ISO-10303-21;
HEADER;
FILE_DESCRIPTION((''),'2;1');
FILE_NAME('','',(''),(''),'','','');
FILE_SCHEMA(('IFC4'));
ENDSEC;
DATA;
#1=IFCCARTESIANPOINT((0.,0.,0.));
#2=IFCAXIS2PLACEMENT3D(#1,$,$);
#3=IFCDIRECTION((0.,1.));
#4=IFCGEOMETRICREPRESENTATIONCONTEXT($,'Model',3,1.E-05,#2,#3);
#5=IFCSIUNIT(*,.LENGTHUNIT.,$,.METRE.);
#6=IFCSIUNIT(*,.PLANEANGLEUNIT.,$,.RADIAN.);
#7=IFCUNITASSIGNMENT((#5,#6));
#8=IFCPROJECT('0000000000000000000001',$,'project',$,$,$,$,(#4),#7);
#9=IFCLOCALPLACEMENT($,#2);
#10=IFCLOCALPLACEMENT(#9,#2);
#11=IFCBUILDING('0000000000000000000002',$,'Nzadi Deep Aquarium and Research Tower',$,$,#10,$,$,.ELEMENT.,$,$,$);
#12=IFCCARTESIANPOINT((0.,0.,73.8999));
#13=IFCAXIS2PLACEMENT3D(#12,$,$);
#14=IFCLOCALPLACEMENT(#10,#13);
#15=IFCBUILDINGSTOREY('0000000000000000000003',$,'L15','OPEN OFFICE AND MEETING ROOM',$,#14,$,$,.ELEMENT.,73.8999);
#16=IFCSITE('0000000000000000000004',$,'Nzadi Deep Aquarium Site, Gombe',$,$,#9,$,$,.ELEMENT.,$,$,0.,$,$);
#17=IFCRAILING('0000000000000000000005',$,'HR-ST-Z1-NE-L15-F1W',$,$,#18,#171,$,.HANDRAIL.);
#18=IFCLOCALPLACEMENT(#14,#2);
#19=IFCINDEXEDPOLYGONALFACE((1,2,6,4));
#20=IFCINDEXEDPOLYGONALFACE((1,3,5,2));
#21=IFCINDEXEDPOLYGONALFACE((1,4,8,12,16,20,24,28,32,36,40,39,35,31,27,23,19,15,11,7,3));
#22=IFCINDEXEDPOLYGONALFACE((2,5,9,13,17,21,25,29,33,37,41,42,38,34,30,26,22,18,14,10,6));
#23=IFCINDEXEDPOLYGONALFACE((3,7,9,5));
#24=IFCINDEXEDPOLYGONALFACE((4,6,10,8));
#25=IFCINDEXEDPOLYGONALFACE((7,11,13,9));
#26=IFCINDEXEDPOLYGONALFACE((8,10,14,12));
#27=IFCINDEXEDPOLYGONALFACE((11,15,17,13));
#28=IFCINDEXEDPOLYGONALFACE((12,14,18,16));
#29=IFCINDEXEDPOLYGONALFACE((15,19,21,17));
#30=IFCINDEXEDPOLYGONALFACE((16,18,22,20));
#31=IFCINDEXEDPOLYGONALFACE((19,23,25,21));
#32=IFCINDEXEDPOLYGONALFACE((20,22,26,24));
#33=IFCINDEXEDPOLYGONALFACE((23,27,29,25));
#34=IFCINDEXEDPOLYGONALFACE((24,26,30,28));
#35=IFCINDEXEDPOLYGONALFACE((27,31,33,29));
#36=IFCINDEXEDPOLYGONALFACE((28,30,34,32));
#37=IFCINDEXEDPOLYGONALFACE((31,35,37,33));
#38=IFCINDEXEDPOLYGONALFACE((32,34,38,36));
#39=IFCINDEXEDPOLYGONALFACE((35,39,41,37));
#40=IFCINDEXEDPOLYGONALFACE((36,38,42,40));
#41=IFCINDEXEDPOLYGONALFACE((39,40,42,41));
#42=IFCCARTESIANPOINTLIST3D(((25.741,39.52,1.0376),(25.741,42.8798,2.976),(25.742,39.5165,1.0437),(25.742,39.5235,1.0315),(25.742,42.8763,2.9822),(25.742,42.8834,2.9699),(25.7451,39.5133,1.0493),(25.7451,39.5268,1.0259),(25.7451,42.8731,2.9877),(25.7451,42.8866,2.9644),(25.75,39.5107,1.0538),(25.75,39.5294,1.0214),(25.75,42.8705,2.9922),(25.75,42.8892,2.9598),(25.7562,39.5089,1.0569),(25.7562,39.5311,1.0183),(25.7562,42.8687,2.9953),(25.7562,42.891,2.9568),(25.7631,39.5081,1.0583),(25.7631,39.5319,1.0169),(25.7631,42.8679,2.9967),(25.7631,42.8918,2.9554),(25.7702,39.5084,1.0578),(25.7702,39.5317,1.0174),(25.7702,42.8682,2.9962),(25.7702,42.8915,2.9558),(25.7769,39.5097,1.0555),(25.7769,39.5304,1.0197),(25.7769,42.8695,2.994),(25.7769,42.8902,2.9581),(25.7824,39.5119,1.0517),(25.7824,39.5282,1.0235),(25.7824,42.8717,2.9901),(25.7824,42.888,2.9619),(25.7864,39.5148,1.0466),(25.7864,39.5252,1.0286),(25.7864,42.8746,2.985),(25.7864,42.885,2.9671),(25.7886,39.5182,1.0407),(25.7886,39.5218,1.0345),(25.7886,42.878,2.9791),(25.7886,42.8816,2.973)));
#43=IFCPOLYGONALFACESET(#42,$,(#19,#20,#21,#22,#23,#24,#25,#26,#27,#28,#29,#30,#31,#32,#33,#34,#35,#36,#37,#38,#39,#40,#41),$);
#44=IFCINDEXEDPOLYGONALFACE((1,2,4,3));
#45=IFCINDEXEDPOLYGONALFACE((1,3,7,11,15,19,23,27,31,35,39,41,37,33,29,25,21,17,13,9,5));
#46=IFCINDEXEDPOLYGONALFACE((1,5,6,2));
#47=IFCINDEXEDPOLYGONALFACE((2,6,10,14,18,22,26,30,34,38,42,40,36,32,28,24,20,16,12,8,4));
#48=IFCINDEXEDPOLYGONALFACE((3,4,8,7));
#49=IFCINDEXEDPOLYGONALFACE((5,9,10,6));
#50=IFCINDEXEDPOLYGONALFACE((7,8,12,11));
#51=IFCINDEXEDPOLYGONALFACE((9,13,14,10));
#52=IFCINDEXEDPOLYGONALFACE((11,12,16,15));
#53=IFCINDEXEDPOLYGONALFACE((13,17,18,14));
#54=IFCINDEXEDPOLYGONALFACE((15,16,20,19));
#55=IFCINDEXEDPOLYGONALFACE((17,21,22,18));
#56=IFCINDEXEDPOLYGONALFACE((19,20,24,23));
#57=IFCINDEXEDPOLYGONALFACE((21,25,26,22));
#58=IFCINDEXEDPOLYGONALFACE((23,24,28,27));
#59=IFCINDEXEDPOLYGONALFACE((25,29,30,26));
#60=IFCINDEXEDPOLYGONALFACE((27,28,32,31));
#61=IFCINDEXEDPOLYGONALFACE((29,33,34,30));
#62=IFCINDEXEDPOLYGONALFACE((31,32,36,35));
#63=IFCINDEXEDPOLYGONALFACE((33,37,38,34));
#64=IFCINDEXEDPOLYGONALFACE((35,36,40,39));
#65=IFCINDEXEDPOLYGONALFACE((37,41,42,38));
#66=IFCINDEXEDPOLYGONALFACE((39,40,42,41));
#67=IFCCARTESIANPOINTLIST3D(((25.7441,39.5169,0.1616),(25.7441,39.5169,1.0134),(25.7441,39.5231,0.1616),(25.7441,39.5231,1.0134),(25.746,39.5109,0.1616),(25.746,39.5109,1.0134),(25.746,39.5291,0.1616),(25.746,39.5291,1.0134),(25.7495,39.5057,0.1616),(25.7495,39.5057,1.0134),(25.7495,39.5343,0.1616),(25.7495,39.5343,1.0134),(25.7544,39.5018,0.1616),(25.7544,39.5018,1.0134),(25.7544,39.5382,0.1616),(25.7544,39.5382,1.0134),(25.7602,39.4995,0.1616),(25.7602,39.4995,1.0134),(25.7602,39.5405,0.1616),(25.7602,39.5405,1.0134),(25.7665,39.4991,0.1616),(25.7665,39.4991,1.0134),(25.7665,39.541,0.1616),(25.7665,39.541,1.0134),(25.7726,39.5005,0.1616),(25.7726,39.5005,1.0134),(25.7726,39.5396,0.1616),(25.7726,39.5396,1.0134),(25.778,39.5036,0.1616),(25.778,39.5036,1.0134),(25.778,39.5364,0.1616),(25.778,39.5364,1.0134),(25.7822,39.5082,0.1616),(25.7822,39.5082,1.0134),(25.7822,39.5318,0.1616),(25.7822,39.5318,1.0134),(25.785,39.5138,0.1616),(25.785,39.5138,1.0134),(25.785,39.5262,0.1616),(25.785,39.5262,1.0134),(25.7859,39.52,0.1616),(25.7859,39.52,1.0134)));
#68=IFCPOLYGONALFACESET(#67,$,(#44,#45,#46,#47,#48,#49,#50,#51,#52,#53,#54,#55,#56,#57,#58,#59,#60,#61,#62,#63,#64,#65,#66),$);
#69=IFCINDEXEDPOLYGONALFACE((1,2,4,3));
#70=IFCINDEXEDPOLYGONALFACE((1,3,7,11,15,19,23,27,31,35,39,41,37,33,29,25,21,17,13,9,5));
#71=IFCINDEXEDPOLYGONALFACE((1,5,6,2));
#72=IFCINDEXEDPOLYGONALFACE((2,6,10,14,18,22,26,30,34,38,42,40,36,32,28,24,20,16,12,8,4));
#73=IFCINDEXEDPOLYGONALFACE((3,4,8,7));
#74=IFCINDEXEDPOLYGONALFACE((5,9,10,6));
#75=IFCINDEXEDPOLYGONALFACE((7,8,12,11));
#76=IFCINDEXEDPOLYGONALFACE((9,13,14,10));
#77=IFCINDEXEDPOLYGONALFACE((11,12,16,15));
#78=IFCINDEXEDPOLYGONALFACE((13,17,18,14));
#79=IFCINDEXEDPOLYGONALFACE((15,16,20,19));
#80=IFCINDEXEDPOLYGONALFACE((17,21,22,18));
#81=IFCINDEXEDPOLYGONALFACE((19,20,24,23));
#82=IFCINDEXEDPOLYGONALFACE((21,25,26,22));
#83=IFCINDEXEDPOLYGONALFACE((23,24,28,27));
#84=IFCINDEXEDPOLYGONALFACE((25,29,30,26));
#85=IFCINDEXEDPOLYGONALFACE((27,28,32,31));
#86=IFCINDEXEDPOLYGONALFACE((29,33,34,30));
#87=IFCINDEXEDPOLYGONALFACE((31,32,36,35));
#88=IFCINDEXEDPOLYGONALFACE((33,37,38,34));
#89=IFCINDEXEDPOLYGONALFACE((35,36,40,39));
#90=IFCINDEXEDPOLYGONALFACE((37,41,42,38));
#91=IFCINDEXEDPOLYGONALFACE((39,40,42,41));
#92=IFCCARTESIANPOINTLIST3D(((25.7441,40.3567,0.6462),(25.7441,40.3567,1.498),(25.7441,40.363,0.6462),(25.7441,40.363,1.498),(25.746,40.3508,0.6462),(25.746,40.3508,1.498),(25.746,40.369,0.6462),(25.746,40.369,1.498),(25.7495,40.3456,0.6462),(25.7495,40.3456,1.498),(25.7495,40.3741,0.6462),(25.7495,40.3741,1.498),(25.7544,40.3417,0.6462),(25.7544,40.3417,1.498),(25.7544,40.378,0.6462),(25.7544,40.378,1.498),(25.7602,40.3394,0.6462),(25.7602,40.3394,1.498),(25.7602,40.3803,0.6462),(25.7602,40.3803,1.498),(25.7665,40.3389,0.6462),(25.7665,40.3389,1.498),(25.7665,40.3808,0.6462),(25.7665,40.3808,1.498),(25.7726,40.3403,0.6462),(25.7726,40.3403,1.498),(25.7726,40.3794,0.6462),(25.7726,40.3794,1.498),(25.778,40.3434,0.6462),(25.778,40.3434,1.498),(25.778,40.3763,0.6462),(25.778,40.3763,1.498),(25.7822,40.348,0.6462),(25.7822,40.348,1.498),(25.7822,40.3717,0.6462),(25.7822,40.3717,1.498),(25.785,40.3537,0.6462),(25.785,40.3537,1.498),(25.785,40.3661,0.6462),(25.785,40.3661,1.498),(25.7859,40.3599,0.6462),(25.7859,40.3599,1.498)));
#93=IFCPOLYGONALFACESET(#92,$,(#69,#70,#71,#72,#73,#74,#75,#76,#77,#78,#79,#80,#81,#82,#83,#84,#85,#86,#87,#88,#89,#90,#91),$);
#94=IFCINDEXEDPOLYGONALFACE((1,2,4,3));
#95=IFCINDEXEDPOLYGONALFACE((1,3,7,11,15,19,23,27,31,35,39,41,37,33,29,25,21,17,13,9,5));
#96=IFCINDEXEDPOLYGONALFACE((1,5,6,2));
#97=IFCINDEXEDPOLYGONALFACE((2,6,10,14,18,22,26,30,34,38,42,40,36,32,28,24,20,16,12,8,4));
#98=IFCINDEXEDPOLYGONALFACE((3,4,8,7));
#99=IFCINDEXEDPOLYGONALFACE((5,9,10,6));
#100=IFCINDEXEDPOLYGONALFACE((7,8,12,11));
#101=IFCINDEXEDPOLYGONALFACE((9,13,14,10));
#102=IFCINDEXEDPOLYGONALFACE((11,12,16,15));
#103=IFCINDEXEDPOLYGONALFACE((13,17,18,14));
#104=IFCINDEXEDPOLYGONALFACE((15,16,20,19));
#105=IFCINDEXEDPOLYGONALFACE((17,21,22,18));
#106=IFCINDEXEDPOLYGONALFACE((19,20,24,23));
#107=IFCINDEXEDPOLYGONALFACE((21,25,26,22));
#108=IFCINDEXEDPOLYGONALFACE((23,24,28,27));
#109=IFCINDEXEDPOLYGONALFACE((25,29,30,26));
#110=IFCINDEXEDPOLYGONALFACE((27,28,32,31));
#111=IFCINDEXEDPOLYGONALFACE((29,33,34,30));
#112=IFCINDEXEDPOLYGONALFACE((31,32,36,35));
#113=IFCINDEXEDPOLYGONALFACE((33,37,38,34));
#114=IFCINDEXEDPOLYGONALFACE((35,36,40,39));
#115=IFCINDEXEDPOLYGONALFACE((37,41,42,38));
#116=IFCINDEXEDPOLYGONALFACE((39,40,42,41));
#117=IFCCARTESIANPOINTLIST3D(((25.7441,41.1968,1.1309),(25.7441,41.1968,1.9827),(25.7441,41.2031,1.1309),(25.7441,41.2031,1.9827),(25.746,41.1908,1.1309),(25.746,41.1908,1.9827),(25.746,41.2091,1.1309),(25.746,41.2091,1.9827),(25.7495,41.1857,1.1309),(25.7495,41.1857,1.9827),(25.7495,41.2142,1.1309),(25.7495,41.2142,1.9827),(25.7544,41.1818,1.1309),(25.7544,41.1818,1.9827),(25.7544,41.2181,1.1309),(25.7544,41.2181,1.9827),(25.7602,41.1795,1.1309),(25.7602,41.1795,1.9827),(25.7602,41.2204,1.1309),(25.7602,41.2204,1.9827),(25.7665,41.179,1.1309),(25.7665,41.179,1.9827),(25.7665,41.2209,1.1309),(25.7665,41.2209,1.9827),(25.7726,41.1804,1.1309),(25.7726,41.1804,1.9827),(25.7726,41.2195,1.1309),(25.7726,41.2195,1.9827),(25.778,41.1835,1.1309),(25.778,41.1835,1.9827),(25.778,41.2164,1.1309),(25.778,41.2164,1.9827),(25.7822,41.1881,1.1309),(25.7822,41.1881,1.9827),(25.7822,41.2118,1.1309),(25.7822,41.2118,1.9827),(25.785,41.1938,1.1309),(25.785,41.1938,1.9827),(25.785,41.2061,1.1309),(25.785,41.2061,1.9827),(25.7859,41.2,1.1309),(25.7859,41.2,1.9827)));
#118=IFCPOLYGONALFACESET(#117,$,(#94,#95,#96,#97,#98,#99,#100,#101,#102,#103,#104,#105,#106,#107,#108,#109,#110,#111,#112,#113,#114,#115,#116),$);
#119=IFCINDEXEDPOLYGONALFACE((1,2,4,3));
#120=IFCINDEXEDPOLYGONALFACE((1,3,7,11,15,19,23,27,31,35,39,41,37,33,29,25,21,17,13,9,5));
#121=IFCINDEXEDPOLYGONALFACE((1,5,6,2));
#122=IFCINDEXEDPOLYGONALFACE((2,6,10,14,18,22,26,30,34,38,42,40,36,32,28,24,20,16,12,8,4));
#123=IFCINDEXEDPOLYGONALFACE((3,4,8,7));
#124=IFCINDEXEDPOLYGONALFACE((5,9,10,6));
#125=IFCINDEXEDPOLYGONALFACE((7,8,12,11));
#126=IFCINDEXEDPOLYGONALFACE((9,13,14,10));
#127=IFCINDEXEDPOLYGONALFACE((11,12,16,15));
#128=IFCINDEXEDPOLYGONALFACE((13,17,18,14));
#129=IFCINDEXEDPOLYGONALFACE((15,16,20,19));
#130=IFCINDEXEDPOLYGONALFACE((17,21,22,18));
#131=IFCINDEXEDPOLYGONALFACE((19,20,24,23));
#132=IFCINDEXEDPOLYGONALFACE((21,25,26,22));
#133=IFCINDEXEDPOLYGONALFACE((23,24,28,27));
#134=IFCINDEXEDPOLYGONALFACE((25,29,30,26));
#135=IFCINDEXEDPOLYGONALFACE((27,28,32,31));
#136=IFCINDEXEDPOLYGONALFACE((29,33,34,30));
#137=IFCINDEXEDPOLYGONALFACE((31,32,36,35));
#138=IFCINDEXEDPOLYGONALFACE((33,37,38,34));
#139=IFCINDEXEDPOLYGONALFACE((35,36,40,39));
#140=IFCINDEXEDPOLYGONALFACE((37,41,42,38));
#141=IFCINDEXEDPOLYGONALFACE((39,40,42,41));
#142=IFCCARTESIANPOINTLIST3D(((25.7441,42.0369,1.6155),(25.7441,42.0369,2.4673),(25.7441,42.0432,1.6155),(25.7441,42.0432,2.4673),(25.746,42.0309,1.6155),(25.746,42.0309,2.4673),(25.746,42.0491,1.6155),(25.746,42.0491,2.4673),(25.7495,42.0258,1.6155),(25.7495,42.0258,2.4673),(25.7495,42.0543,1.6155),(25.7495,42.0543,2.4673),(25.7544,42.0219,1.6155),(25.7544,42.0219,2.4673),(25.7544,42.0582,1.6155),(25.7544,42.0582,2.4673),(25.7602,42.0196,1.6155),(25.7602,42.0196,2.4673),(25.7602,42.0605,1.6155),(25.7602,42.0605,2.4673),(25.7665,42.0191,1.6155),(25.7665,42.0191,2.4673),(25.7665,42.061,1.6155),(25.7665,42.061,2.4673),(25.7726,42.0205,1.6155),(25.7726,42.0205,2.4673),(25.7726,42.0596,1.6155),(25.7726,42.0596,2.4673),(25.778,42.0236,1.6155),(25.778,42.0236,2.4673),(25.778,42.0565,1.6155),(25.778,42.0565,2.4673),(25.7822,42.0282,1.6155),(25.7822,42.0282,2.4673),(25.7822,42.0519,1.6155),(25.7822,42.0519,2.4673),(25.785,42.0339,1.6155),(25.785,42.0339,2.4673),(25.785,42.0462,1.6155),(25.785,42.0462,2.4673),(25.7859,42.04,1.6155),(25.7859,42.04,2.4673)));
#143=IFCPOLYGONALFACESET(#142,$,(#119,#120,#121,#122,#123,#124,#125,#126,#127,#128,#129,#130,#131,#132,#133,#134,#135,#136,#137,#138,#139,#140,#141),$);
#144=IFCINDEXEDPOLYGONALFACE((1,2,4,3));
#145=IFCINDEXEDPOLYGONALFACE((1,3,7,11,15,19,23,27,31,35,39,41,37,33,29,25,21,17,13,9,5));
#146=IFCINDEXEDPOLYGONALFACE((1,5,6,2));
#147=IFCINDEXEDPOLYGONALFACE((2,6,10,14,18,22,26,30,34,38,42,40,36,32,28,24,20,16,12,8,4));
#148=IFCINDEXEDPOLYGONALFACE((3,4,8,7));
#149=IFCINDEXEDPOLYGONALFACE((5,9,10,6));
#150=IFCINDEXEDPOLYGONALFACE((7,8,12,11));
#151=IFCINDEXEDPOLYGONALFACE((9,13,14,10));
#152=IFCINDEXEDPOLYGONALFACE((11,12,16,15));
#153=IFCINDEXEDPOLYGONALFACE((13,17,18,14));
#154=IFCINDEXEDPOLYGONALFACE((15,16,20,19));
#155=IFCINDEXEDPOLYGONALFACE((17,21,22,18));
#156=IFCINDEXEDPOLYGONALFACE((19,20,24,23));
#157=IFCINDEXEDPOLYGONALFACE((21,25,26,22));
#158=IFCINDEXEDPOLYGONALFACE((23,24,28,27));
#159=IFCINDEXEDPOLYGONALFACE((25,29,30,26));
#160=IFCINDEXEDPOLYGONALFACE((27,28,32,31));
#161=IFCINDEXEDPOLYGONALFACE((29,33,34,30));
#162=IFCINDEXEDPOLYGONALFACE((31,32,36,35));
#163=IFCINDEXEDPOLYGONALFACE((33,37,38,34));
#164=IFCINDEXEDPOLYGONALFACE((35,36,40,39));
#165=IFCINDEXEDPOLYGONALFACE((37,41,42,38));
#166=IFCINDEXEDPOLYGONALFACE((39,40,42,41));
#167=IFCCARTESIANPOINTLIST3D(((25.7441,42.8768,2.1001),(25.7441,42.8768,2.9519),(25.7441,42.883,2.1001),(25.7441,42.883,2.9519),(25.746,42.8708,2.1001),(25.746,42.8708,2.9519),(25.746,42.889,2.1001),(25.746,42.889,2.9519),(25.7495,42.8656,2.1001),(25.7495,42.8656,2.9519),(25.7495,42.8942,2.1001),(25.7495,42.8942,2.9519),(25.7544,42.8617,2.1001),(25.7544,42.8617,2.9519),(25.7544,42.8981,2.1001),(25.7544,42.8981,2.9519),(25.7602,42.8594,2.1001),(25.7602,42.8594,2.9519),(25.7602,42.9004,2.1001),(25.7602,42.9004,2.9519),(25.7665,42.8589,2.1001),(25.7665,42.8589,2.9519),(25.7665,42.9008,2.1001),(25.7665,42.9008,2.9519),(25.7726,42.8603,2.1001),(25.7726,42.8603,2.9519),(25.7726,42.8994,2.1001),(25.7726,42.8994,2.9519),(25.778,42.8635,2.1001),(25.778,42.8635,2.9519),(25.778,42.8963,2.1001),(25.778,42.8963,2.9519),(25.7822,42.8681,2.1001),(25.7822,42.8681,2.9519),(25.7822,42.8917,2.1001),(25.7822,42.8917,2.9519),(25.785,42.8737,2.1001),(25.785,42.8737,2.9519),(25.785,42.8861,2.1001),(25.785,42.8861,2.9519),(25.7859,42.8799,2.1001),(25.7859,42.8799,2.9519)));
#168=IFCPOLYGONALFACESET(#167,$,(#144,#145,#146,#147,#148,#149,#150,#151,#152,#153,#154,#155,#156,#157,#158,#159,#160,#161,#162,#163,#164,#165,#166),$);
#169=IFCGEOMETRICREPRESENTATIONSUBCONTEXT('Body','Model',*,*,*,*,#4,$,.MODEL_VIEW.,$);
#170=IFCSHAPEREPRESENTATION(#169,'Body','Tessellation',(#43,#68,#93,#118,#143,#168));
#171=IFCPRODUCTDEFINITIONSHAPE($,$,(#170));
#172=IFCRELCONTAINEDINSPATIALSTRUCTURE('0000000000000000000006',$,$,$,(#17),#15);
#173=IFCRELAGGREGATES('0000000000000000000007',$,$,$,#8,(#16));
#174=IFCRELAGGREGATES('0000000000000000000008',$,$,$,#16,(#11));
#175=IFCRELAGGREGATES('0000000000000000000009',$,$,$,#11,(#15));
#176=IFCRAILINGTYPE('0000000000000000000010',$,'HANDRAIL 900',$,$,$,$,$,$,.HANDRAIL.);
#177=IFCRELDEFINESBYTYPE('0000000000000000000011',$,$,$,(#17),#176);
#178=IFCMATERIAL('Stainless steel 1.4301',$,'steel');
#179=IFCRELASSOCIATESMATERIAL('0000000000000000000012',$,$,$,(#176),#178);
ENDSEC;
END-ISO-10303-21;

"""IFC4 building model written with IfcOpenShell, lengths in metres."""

from ifc_helpers import new_model, si_unit, direction, frame, origin, origin_2d, place, context, subcontext, project, spatial, circle, extrude, material, type_object, element, save


model = new_model("IFC4")

# Units and contexts
model_context = context("Model", 3, precision=1e-05, world=origin(), true_north=direction((0.0, 1.0)))
body_context = subcontext(model_context, "Body", "Model", "MODEL_VIEW")
ifc_project = project(units=[si_unit("LENGTHUNIT", "METRE"), si_unit("PLANEANGLEUNIT", "RADIAN")], contexts=[model_context])

# Site, building, storey
site_placement = place(None, origin())
site = spatial("IfcSite", under=ifc_project, at=site_placement, Name="Nzadi Deep Aquarium Site, Gombe", CompositionType="ELEMENT", RefElevation=0.0)
building_placement = place(site_placement, origin())
building = spatial("IfcBuilding", under=site, at=building_placement, Name="Nzadi Deep Aquarium and Research Tower", CompositionType="ELEMENT")
storey_placement = place(building_placement, frame((0.0, 0.0, 73.8999)))
storey = spatial("IfcBuildingStorey", under=building, at=storey_placement, Name="L15", Description="OPEN OFFICE AND MEETING ROOM", CompositionType="ELEMENT", Elevation=73.8999)

# Railing
ifc_material_1 = material(Name="Stainless steel 1.4301", Category="steel")
railing_type = type_object("IfcRailingType", Name="HANDRAIL 900", PredefinedType="HANDRAIL", material=ifc_material_1)
for number, where, name in (
    (1, (25.7649, 39.52, 0.1616), "HR-ST-Z1-NE-L15-F1W"),
):
    element("IfcRailing", number, at=place(storey_placement, frame(where)), inside=storey, type_object=railing_type, Name=name, PredefinedType="HANDRAIL", context=body_context, shape_type="SweptSolid", body=[
        extrude(circle(Radius=0.0239, at=origin_2d()), frame((0.0, 0.0, 0.876), z_axis=(0.0, 0.866175, 0.499741), x_axis=(-1.0, 0.0, 0.0)), (0.0, 0.0, 1.0), 3.8789),
        extrude(circle(Radius=0.021, at=origin_2d()), origin(), (0.0, 0.0, 1.0), 0.8518),
        extrude(circle(Radius=0.021, at=origin_2d()), frame((0.0, 0.8398, 0.4846)), (0.0, 0.0, 1.0), 0.8518),
        extrude(circle(Radius=0.021, at=origin_2d()), frame((0.0, 1.6799, 0.9692)), (0.0, 0.0, 1.0), 0.8518),
        extrude(circle(Radius=0.021, at=origin_2d()), frame((0.0, 2.52, 1.4539)), (0.0, 0.0, 1.0), 0.8518),
        extrude(circle(Radius=0.021, at=origin_2d()), frame((0.0, 3.3599, 1.9385)), (0.0, 0.0, 1.0), 0.8518),
    ])

save(model, "model.ifc")
